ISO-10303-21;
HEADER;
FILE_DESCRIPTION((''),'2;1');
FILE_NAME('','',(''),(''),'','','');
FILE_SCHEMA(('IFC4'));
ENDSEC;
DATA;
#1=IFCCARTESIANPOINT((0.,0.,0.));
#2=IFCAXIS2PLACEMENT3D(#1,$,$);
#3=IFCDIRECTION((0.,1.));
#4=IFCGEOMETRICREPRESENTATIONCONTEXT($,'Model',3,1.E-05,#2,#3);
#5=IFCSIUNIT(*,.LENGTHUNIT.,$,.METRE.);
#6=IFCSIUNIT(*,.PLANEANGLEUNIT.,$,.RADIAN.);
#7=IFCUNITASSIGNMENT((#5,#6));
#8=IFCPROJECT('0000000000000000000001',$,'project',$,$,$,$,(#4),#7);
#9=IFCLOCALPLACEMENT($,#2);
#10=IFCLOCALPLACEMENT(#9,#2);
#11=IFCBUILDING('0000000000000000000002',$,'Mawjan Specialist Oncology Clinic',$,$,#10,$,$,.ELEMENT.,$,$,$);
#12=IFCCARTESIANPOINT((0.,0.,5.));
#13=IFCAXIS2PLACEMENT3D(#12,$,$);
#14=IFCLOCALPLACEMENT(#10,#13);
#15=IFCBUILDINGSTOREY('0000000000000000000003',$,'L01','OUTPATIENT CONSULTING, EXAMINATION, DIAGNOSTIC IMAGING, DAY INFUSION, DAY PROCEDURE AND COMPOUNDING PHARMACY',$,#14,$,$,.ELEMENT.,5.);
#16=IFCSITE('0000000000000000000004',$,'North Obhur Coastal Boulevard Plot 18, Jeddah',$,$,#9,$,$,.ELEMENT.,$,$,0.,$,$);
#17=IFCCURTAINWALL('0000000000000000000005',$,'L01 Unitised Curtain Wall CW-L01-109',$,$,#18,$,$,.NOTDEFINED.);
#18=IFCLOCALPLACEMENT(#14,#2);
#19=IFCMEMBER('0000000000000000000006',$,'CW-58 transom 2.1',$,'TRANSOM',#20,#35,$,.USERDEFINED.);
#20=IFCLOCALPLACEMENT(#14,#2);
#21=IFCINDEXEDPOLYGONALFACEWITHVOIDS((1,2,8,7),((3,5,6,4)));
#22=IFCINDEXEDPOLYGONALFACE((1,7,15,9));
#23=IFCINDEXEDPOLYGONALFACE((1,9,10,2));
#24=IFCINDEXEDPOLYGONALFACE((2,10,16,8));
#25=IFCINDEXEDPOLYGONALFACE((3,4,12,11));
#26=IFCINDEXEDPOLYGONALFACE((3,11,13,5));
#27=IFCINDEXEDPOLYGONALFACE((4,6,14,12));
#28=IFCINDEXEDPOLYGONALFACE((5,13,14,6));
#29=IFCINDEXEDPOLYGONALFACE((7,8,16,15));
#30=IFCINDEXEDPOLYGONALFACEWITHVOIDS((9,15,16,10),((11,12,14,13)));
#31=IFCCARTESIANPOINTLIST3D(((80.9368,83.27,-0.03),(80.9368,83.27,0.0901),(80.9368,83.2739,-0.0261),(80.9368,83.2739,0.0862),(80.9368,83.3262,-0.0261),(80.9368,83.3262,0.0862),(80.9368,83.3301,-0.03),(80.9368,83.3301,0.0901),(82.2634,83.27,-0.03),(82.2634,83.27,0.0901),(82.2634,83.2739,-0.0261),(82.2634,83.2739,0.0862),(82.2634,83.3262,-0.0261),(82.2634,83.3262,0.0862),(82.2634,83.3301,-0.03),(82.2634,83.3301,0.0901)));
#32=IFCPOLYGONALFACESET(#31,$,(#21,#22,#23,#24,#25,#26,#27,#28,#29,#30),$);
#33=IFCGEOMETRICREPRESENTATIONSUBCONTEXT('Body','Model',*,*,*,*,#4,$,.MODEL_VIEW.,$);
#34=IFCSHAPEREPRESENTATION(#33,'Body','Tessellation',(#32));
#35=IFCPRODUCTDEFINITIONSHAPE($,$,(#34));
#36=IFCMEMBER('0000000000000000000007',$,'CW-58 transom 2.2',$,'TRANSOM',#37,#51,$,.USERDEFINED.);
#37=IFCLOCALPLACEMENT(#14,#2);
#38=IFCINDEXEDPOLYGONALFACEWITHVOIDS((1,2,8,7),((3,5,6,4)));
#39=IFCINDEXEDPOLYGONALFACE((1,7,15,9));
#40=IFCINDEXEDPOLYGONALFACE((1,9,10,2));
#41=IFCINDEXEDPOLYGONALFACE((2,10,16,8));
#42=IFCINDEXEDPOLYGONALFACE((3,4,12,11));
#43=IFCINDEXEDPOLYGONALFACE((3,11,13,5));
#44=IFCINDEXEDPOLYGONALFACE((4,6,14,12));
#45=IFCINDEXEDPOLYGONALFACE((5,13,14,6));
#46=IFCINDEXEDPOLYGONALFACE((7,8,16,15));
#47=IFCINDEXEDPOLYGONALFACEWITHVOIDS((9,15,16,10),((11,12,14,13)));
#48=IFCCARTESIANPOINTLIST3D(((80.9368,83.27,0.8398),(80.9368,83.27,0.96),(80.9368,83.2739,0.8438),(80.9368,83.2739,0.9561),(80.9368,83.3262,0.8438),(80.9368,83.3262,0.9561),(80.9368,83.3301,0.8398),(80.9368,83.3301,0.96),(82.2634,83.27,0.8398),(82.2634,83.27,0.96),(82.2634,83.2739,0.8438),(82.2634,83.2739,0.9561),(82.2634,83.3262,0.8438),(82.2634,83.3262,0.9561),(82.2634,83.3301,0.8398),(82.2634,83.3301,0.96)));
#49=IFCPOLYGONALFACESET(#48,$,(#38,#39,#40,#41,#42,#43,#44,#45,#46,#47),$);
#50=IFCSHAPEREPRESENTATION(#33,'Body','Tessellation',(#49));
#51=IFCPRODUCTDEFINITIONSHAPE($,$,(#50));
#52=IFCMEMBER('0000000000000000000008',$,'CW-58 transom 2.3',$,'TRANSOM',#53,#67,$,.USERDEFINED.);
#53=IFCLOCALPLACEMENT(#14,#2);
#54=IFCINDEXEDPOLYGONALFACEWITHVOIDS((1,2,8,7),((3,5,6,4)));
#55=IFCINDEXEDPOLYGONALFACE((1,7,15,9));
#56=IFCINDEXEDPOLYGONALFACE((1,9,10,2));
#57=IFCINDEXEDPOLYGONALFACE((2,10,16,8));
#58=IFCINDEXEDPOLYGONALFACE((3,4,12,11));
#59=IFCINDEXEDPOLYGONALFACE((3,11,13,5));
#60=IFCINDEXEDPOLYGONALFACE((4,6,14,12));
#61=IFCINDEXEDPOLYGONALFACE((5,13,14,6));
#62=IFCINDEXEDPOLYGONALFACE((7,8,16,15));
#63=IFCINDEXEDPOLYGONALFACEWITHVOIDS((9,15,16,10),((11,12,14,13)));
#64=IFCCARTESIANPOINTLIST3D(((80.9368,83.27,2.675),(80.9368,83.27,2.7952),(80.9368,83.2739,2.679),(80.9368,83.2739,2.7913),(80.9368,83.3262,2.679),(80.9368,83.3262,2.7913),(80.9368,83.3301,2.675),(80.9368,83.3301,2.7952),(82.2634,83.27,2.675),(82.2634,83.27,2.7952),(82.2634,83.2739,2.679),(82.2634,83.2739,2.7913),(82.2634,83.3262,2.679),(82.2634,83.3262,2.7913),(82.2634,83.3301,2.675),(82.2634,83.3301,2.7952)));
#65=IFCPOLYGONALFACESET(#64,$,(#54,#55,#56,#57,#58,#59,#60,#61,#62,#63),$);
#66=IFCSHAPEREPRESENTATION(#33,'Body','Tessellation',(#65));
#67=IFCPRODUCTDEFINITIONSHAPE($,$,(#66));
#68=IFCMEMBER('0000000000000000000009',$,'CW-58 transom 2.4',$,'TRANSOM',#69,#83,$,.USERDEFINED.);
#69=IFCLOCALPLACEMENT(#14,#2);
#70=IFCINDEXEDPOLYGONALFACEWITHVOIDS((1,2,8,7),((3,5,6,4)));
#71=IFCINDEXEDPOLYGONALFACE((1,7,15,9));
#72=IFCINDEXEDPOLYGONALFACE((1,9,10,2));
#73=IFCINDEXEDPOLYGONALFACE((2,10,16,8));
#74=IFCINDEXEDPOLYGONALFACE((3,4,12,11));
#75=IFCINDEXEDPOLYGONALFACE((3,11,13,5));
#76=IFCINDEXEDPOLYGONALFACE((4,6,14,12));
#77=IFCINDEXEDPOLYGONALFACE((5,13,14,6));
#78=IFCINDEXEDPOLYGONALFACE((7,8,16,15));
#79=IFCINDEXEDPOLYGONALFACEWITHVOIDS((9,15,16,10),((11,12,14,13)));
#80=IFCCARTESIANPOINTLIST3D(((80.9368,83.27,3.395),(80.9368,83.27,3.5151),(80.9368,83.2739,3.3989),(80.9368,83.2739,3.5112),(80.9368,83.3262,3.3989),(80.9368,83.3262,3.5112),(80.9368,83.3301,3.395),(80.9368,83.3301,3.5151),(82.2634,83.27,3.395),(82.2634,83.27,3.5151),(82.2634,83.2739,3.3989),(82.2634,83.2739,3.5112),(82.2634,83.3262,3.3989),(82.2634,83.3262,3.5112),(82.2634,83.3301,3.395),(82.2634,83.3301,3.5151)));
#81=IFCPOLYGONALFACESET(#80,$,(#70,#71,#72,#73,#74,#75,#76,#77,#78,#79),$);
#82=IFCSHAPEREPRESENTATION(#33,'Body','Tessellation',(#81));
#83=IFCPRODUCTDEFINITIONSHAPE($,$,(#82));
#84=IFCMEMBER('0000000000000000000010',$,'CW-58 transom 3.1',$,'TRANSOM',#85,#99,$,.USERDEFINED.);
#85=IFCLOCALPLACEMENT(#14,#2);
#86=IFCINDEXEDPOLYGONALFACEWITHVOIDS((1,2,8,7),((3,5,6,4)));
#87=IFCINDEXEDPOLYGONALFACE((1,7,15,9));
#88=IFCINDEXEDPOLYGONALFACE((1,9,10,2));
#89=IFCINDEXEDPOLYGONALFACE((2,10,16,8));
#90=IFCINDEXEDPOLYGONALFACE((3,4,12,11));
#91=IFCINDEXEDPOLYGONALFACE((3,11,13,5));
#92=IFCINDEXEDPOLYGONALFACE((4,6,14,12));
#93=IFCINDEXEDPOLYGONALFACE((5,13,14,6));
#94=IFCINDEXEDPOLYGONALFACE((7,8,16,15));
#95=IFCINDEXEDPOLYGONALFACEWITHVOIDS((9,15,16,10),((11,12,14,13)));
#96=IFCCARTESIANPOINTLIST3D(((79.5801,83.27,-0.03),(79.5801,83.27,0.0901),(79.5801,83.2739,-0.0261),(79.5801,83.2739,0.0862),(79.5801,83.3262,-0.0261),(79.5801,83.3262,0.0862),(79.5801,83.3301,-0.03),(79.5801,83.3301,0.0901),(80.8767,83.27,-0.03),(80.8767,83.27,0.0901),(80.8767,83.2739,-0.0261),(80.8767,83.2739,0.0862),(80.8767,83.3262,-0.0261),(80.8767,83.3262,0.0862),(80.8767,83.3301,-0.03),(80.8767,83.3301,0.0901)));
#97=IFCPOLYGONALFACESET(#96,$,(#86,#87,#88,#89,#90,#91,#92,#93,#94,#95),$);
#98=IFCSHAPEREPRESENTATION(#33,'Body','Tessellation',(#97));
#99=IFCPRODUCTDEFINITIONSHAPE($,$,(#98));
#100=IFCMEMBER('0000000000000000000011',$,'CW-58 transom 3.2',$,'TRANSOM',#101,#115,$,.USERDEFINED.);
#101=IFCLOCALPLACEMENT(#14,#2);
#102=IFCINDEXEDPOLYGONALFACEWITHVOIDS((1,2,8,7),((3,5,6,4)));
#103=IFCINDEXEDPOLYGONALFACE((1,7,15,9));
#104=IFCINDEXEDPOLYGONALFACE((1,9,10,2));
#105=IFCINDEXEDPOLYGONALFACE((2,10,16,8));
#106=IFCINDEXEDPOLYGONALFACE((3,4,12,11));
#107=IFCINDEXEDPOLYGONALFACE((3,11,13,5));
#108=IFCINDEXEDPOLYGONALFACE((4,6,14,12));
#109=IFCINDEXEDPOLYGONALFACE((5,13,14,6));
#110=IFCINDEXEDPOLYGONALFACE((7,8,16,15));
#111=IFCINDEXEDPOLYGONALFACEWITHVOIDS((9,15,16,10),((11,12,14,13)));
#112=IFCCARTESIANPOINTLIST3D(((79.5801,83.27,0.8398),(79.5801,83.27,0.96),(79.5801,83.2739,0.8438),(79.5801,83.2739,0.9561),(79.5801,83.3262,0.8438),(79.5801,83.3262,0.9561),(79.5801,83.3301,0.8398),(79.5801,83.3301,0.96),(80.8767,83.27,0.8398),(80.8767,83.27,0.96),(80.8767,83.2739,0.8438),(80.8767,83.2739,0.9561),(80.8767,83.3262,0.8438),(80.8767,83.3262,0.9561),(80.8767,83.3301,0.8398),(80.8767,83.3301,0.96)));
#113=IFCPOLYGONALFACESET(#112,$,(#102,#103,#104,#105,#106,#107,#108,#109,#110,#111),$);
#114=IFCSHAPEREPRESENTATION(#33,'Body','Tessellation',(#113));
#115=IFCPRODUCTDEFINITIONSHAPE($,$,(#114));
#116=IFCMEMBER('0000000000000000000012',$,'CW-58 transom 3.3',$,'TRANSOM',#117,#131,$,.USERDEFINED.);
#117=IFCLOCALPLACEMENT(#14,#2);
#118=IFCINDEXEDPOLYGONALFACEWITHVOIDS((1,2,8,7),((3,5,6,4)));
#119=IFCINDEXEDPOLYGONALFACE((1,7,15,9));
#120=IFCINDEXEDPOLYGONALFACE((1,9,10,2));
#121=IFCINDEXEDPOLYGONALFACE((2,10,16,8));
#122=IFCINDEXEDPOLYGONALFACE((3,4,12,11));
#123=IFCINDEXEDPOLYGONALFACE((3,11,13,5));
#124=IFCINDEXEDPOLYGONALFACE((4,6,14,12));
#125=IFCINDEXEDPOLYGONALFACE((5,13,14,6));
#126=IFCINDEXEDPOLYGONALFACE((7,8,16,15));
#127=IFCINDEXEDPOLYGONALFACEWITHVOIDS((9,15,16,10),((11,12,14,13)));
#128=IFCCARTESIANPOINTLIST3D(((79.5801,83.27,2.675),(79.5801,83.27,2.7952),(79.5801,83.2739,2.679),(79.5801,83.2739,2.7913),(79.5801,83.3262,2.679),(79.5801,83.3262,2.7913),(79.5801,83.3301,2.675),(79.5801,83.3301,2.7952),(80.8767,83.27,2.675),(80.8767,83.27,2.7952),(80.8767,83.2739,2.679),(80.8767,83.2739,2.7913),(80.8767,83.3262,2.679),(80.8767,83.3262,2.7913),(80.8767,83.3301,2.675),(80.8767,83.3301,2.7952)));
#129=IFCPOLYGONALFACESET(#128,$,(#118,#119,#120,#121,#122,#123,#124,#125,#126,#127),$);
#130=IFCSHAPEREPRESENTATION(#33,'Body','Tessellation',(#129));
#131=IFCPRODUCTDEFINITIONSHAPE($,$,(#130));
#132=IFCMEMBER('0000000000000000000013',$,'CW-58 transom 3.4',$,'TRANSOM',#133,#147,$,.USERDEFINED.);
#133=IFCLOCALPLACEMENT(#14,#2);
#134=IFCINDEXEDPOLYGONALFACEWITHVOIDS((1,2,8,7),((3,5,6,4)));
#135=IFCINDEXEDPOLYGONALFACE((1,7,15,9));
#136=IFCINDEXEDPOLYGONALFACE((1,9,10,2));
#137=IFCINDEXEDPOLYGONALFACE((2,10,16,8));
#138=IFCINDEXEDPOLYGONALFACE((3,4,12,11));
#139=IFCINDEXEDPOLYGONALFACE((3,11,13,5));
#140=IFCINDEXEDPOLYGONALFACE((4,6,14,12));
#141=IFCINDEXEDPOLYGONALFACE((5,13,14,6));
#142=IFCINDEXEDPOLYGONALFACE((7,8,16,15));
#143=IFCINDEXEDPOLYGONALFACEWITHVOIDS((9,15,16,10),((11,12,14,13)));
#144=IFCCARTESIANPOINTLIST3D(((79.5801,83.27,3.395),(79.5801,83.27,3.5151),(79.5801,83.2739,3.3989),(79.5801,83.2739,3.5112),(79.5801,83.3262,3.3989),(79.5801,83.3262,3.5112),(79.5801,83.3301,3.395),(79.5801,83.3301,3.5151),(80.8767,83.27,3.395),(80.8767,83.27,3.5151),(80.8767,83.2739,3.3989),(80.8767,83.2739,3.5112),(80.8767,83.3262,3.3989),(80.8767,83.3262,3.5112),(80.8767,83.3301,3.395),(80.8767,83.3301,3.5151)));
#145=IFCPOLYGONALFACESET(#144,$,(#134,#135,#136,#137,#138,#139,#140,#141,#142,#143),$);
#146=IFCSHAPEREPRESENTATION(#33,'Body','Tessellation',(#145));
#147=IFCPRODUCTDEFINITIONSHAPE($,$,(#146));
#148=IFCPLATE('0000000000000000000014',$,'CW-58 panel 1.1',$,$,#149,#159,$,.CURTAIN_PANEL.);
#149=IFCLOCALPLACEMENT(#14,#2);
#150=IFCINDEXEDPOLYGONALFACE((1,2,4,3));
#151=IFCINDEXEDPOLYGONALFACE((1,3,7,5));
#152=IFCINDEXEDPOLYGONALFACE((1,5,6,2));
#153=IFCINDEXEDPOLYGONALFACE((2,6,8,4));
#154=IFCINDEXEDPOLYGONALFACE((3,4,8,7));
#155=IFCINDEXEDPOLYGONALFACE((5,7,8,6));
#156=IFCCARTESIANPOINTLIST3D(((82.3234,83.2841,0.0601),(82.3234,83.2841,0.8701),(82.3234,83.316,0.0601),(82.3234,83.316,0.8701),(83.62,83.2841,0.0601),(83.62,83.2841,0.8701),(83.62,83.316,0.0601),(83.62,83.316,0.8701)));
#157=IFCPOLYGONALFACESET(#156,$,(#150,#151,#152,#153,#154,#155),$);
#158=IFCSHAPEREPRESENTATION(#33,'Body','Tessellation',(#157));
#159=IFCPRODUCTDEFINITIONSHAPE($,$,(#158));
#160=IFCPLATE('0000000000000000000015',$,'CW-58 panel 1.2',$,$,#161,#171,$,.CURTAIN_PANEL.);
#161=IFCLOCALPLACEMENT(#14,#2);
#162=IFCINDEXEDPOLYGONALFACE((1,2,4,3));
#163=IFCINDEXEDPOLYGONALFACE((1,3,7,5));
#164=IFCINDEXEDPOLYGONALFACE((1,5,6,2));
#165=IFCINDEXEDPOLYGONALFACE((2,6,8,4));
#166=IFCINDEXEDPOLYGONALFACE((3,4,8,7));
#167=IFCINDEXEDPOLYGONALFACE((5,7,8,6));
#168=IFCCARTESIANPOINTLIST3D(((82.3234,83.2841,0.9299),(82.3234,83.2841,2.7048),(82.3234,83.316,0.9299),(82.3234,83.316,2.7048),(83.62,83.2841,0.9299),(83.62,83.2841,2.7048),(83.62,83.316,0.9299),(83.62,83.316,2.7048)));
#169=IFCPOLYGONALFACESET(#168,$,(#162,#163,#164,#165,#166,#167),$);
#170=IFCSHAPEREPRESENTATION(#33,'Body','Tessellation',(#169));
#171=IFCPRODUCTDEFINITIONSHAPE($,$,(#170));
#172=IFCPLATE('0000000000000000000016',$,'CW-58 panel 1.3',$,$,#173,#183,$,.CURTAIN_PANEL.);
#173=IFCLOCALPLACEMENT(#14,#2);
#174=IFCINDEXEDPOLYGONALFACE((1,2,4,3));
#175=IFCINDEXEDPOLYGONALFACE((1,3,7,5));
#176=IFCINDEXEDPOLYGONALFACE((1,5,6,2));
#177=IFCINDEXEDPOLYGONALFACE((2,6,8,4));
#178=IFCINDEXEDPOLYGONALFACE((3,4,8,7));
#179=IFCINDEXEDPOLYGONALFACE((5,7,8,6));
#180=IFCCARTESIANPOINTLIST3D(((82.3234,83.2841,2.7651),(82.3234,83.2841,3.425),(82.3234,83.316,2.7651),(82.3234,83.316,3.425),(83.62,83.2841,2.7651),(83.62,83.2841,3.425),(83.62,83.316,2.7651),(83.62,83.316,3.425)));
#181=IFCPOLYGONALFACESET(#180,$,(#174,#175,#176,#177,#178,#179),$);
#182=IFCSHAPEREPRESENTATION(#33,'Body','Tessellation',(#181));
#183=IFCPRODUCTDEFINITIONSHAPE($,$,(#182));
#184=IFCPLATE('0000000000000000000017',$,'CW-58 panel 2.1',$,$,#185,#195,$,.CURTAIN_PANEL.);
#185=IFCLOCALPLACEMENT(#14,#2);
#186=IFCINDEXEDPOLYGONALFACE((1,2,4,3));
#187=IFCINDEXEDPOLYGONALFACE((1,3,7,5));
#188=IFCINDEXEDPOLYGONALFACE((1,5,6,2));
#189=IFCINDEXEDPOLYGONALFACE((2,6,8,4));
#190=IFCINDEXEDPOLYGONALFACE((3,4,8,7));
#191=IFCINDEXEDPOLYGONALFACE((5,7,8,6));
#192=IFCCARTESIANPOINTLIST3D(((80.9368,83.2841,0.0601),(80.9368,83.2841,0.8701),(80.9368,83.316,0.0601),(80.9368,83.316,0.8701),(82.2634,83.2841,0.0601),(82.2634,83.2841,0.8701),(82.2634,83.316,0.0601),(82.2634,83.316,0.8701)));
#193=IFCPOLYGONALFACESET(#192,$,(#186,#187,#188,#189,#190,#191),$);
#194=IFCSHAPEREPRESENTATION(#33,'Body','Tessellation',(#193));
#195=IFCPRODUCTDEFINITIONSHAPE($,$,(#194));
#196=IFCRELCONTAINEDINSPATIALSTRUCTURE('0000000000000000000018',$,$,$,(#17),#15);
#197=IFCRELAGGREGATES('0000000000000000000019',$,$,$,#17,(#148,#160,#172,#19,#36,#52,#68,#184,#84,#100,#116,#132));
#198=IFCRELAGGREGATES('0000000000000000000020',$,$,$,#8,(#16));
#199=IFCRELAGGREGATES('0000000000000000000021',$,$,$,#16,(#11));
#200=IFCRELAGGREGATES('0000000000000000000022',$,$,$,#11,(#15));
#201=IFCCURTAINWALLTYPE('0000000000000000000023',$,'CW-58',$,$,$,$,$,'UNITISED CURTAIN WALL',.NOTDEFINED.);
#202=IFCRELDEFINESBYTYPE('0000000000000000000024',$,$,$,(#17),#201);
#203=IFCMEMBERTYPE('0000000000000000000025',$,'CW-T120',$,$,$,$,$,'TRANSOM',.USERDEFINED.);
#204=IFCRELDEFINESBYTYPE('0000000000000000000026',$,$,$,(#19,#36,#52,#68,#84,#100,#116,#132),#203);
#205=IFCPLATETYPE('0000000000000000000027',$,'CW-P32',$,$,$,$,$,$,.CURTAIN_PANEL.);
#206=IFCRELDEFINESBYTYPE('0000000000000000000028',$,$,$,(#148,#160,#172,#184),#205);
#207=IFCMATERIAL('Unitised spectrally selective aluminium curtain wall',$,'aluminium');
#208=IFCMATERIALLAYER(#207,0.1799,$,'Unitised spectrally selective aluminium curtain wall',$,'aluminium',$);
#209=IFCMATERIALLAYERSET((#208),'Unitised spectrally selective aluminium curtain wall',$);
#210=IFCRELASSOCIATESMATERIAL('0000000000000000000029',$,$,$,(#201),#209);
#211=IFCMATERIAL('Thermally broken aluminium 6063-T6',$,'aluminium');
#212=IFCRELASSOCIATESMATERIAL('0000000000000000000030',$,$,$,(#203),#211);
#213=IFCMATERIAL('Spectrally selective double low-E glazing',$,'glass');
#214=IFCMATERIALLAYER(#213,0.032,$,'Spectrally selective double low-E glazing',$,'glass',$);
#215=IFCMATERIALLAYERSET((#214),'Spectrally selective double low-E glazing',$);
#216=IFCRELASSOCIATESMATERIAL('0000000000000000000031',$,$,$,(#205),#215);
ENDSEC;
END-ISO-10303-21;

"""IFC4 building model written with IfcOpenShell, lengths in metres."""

from ifc_helpers import new_model, si_unit, direction, frame, origin, origin_2d, place, context, subcontext, project, spatial, rectangle, hollow_rectangle, extrude, material, layer, layer_set, material_profile, profile_set, type_object, element, aggregate, save


model = new_model("IFC4")

# Units and contexts
model_context = context("Model", 3, precision=1e-05, world=origin(), true_north=direction((0.0, 1.0)))
body_context = subcontext(model_context, "Body", "Model", "MODEL_VIEW")
ifc_project = project(units=[si_unit("LENGTHUNIT", "METRE"), si_unit("PLANEANGLEUNIT", "RADIAN")], contexts=[model_context])

# Site, building, storey
site_placement = place(None, origin())
site = spatial("IfcSite", under=ifc_project, at=site_placement, Name="North Obhur Coastal Boulevard Plot 18, Jeddah", CompositionType="ELEMENT", RefElevation=0.0)
building_placement = place(site_placement, origin())
building = spatial("IfcBuilding", under=site, at=building_placement, Name="Mawjan Specialist Oncology Clinic", CompositionType="ELEMENT")
storey_placement = place(building_placement, frame((0.0, 0.0, 5.0)))
storey = spatial("IfcBuildingStorey", under=building, at=storey_placement, Name="L01", Description="OUTPATIENT CONSULTING, EXAMINATION, DIAGNOSTIC IMAGING, DAY INFUSION, DAY PROCEDURE AND COMPOUNDING PHARMACY", CompositionType="ELEMENT", Elevation=5.0)

# Curtain wall, members, plates
ifc_material_1 = material(Name="Unitised spectrally selective aluminium curtain wall", Category="aluminium")
ifc_layer_1 = layer(ifc_material_1, 0.1799, Name="Unitised spectrally selective aluminium curtain wall", Category="aluminium")
ifc_layer_set_1 = layer_set([ifc_layer_1], Name="Unitised spectrally selective aluminium curtain wall")
curtain_wall_type = type_object("IfcCurtainWallType", Name="CW-58", ElementType="UNITISED CURTAIN WALL", PredefinedType="NOTDEFINED", material=ifc_layer_set_1)
curtain_wall_placement = place(storey_placement, origin())
curtain_wall = element("IfcCurtainWall", 1, at=curtain_wall_placement, inside=storey, type_object=curtain_wall_type, Name="L01 Unitised Curtain Wall CW-L01-109", PredefinedType="NOTDEFINED")
ifc_material_2 = material(Name="Thermally broken aluminium 6063-T6", Category="aluminium")
ifc_material_profile_1 = material_profile(ifc_material_2, hollow_rectangle(XDim=0.0601, YDim=0.1201, WallThickness=0.0039, at=origin_2d()), Name="ALU TRANSOM 120x60x4", Category="aluminium")
ifc_profile_set_1 = profile_set([ifc_material_profile_1], Name="Thermally broken aluminium 6063-T6")
member_type_1 = type_object("IfcMemberType", Name="CW-T120", ElementType="TRANSOM", PredefinedType="USERDEFINED", material=ifc_profile_set_1)
member_1_placement = place(storey_placement, frame((82.2634, 83.3, 0.03), z_axis=(-1.0, 0.0, 0.0), x_axis=(0.0, -1.0, 0.0)))
member_1 = element("IfcMember", 2, at=member_1_placement, type_object=member_type_1, Name="CW-58 transom 2.1", ObjectType="TRANSOM", PredefinedType="USERDEFINED", context=body_context, shape_type="SweptSolid", body=[
    extrude(hollow_rectangle(XDim=0.0601, YDim=0.1201, WallThickness=0.0039, at=origin_2d()), origin(), (0.0, 0.0, 1.0), 1.3267),
])
member_2_placement = place(storey_placement, frame((82.2634, 83.3, 0.8999), z_axis=(-1.0, 0.0, 0.0), x_axis=(0.0, -1.0, 0.0)))
member_2 = element("IfcMember", 3, at=member_2_placement, type_object=member_type_1, Name="CW-58 transom 2.2", ObjectType="TRANSOM", PredefinedType="USERDEFINED", context=body_context, shape_type="SweptSolid", body=[
    extrude(hollow_rectangle(XDim=0.0601, YDim=0.1201, WallThickness=0.0039, at=origin_2d()), origin(), (0.0, 0.0, 1.0), 1.3267),
])
member_3_placement = place(storey_placement, frame((82.2634, 83.3, 2.7351), z_axis=(-1.0, 0.0, 0.0), x_axis=(0.0, -1.0, 0.0)))
member_3 = element("IfcMember", 4, at=member_3_placement, type_object=member_type_1, Name="CW-58 transom 2.3", ObjectType="TRANSOM", PredefinedType="USERDEFINED", context=body_context, shape_type="SweptSolid", body=[
    extrude(hollow_rectangle(XDim=0.0601, YDim=0.1201, WallThickness=0.0039, at=origin_2d()), origin(), (0.0, 0.0, 1.0), 1.3267),
])
member_4_placement = place(storey_placement, frame((82.2634, 83.3, 3.4551), z_axis=(-1.0, 0.0, 0.0), x_axis=(0.0, -1.0, 0.0)))
member_4 = element("IfcMember", 5, at=member_4_placement, type_object=member_type_1, Name="CW-58 transom 2.4", ObjectType="TRANSOM", PredefinedType="USERDEFINED", context=body_context, shape_type="SweptSolid", body=[
    extrude(hollow_rectangle(XDim=0.0601, YDim=0.1201, WallThickness=0.0039, at=origin_2d()), origin(), (0.0, 0.0, 1.0), 1.3267),
])
member_5_placement = place(storey_placement, frame((80.8767, 83.3, 0.03), z_axis=(-1.0, 0.0, 0.0), x_axis=(0.0, -1.0, 0.0)))
member_5 = element("IfcMember", 6, at=member_5_placement, type_object=member_type_1, Name="CW-58 transom 3.1", ObjectType="TRANSOM", PredefinedType="USERDEFINED", context=body_context, shape_type="SweptSolid", body=[
    extrude(hollow_rectangle(XDim=0.0601, YDim=0.1201, WallThickness=0.0039, at=origin_2d()), origin(), (0.0, 0.0, 1.0), 1.2966),
])
member_6_placement = place(storey_placement, frame((80.8767, 83.3, 0.8999), z_axis=(-1.0, 0.0, 0.0), x_axis=(0.0, -1.0, 0.0)))
member_6 = element("IfcMember", 7, at=member_6_placement, type_object=member_type_1, Name="CW-58 transom 3.2", ObjectType="TRANSOM", PredefinedType="USERDEFINED", context=body_context, shape_type="SweptSolid", body=[
    extrude(hollow_rectangle(XDim=0.0601, YDim=0.1201, WallThickness=0.0039, at=origin_2d()), origin(), (0.0, 0.0, 1.0), 1.2966),
])
member_7_placement = place(storey_placement, frame((80.8767, 83.3, 2.7351), z_axis=(-1.0, 0.0, 0.0), x_axis=(0.0, -1.0, 0.0)))
member_7 = element("IfcMember", 8, at=member_7_placement, type_object=member_type_1, Name="CW-58 transom 3.3", ObjectType="TRANSOM", PredefinedType="USERDEFINED", context=body_context, shape_type="SweptSolid", body=[
    extrude(hollow_rectangle(XDim=0.0601, YDim=0.1201, WallThickness=0.0039, at=origin_2d()), origin(), (0.0, 0.0, 1.0), 1.2966),
])
member_8_placement = place(storey_placement, frame((80.8767, 83.3, 3.4551), z_axis=(-1.0, 0.0, 0.0), x_axis=(0.0, -1.0, 0.0)))
member_8 = element("IfcMember", 9, at=member_8_placement, type_object=member_type_1, Name="CW-58 transom 3.4", ObjectType="TRANSOM", PredefinedType="USERDEFINED", context=body_context, shape_type="SweptSolid", body=[
    extrude(hollow_rectangle(XDim=0.0601, YDim=0.1201, WallThickness=0.0039, at=origin_2d()), origin(), (0.0, 0.0, 1.0), 1.2966),
])
ifc_material_3 = material(Name="Spectrally selective double low-E glazing", Category="glass")
ifc_layer_2 = layer(ifc_material_3, 0.032, Name="Spectrally selective double low-E glazing", Category="glass")
ifc_layer_set_2 = layer_set([ifc_layer_2], Name="Spectrally selective double low-E glazing")
plate_type = type_object("IfcPlateType", Name="CW-P32", PredefinedType="CURTAIN_PANEL", material=ifc_layer_set_2)
plate_1_placement = place(storey_placement, frame((82.9717, 83.3, 0.0601), z_axis=(0.0, 0.0, 1.0), x_axis=(-1.0, 0.0, 0.0)))
plate_1 = element("IfcPlate", 10, at=plate_1_placement, type_object=plate_type, Name="CW-58 panel 1.1", PredefinedType="CURTAIN_PANEL", context=body_context, shape_type="SweptSolid", body=[
    extrude(rectangle(XDim=1.2966, YDim=0.032, at=origin_2d()), origin(), (0.0, 0.0, 1.0), 0.8101),
])
plate_2_placement = place(storey_placement, frame((82.9717, 83.3, 0.9299), z_axis=(0.0, 0.0, 1.0), x_axis=(-1.0, 0.0, 0.0)))
plate_2 = element("IfcPlate", 11, at=plate_2_placement, type_object=plate_type, Name="CW-58 panel 1.2", PredefinedType="CURTAIN_PANEL", context=body_context, shape_type="SweptSolid", body=[
    extrude(rectangle(XDim=1.2966, YDim=0.032, at=origin_2d()), origin(), (0.0, 0.0, 1.0), 1.7749),
])
plate_3_placement = place(storey_placement, frame((82.9717, 83.3, 2.7651), z_axis=(0.0, 0.0, 1.0), x_axis=(-1.0, 0.0, 0.0)))
plate_3 = element("IfcPlate", 12, at=plate_3_placement, type_object=plate_type, Name="CW-58 panel 1.3", PredefinedType="CURTAIN_PANEL", context=body_context, shape_type="SweptSolid", body=[
    extrude(rectangle(XDim=1.2966, YDim=0.032, at=origin_2d()), origin(), (0.0, 0.0, 1.0), 0.6599),
])
plate_4_placement = place(storey_placement, frame((81.6001, 83.3, 0.0601), z_axis=(0.0, 0.0, 1.0), x_axis=(-1.0, 0.0, 0.0)))
plate_4 = element("IfcPlate", 13, at=plate_4_placement, type_object=plate_type, Name="CW-58 panel 2.1", PredefinedType="CURTAIN_PANEL", context=body_context, shape_type="SweptSolid", body=[
    extrude(rectangle(XDim=1.3267, YDim=0.032, at=origin_2d()), origin(), (0.0, 0.0, 1.0), 0.8101),
])
aggregate(curtain_wall, [plate_1, plate_2, plate_3, member_1, member_2, member_3, member_4, plate_4, member_5, member_6, member_7, member_8])

save(model, "model.ifc")
